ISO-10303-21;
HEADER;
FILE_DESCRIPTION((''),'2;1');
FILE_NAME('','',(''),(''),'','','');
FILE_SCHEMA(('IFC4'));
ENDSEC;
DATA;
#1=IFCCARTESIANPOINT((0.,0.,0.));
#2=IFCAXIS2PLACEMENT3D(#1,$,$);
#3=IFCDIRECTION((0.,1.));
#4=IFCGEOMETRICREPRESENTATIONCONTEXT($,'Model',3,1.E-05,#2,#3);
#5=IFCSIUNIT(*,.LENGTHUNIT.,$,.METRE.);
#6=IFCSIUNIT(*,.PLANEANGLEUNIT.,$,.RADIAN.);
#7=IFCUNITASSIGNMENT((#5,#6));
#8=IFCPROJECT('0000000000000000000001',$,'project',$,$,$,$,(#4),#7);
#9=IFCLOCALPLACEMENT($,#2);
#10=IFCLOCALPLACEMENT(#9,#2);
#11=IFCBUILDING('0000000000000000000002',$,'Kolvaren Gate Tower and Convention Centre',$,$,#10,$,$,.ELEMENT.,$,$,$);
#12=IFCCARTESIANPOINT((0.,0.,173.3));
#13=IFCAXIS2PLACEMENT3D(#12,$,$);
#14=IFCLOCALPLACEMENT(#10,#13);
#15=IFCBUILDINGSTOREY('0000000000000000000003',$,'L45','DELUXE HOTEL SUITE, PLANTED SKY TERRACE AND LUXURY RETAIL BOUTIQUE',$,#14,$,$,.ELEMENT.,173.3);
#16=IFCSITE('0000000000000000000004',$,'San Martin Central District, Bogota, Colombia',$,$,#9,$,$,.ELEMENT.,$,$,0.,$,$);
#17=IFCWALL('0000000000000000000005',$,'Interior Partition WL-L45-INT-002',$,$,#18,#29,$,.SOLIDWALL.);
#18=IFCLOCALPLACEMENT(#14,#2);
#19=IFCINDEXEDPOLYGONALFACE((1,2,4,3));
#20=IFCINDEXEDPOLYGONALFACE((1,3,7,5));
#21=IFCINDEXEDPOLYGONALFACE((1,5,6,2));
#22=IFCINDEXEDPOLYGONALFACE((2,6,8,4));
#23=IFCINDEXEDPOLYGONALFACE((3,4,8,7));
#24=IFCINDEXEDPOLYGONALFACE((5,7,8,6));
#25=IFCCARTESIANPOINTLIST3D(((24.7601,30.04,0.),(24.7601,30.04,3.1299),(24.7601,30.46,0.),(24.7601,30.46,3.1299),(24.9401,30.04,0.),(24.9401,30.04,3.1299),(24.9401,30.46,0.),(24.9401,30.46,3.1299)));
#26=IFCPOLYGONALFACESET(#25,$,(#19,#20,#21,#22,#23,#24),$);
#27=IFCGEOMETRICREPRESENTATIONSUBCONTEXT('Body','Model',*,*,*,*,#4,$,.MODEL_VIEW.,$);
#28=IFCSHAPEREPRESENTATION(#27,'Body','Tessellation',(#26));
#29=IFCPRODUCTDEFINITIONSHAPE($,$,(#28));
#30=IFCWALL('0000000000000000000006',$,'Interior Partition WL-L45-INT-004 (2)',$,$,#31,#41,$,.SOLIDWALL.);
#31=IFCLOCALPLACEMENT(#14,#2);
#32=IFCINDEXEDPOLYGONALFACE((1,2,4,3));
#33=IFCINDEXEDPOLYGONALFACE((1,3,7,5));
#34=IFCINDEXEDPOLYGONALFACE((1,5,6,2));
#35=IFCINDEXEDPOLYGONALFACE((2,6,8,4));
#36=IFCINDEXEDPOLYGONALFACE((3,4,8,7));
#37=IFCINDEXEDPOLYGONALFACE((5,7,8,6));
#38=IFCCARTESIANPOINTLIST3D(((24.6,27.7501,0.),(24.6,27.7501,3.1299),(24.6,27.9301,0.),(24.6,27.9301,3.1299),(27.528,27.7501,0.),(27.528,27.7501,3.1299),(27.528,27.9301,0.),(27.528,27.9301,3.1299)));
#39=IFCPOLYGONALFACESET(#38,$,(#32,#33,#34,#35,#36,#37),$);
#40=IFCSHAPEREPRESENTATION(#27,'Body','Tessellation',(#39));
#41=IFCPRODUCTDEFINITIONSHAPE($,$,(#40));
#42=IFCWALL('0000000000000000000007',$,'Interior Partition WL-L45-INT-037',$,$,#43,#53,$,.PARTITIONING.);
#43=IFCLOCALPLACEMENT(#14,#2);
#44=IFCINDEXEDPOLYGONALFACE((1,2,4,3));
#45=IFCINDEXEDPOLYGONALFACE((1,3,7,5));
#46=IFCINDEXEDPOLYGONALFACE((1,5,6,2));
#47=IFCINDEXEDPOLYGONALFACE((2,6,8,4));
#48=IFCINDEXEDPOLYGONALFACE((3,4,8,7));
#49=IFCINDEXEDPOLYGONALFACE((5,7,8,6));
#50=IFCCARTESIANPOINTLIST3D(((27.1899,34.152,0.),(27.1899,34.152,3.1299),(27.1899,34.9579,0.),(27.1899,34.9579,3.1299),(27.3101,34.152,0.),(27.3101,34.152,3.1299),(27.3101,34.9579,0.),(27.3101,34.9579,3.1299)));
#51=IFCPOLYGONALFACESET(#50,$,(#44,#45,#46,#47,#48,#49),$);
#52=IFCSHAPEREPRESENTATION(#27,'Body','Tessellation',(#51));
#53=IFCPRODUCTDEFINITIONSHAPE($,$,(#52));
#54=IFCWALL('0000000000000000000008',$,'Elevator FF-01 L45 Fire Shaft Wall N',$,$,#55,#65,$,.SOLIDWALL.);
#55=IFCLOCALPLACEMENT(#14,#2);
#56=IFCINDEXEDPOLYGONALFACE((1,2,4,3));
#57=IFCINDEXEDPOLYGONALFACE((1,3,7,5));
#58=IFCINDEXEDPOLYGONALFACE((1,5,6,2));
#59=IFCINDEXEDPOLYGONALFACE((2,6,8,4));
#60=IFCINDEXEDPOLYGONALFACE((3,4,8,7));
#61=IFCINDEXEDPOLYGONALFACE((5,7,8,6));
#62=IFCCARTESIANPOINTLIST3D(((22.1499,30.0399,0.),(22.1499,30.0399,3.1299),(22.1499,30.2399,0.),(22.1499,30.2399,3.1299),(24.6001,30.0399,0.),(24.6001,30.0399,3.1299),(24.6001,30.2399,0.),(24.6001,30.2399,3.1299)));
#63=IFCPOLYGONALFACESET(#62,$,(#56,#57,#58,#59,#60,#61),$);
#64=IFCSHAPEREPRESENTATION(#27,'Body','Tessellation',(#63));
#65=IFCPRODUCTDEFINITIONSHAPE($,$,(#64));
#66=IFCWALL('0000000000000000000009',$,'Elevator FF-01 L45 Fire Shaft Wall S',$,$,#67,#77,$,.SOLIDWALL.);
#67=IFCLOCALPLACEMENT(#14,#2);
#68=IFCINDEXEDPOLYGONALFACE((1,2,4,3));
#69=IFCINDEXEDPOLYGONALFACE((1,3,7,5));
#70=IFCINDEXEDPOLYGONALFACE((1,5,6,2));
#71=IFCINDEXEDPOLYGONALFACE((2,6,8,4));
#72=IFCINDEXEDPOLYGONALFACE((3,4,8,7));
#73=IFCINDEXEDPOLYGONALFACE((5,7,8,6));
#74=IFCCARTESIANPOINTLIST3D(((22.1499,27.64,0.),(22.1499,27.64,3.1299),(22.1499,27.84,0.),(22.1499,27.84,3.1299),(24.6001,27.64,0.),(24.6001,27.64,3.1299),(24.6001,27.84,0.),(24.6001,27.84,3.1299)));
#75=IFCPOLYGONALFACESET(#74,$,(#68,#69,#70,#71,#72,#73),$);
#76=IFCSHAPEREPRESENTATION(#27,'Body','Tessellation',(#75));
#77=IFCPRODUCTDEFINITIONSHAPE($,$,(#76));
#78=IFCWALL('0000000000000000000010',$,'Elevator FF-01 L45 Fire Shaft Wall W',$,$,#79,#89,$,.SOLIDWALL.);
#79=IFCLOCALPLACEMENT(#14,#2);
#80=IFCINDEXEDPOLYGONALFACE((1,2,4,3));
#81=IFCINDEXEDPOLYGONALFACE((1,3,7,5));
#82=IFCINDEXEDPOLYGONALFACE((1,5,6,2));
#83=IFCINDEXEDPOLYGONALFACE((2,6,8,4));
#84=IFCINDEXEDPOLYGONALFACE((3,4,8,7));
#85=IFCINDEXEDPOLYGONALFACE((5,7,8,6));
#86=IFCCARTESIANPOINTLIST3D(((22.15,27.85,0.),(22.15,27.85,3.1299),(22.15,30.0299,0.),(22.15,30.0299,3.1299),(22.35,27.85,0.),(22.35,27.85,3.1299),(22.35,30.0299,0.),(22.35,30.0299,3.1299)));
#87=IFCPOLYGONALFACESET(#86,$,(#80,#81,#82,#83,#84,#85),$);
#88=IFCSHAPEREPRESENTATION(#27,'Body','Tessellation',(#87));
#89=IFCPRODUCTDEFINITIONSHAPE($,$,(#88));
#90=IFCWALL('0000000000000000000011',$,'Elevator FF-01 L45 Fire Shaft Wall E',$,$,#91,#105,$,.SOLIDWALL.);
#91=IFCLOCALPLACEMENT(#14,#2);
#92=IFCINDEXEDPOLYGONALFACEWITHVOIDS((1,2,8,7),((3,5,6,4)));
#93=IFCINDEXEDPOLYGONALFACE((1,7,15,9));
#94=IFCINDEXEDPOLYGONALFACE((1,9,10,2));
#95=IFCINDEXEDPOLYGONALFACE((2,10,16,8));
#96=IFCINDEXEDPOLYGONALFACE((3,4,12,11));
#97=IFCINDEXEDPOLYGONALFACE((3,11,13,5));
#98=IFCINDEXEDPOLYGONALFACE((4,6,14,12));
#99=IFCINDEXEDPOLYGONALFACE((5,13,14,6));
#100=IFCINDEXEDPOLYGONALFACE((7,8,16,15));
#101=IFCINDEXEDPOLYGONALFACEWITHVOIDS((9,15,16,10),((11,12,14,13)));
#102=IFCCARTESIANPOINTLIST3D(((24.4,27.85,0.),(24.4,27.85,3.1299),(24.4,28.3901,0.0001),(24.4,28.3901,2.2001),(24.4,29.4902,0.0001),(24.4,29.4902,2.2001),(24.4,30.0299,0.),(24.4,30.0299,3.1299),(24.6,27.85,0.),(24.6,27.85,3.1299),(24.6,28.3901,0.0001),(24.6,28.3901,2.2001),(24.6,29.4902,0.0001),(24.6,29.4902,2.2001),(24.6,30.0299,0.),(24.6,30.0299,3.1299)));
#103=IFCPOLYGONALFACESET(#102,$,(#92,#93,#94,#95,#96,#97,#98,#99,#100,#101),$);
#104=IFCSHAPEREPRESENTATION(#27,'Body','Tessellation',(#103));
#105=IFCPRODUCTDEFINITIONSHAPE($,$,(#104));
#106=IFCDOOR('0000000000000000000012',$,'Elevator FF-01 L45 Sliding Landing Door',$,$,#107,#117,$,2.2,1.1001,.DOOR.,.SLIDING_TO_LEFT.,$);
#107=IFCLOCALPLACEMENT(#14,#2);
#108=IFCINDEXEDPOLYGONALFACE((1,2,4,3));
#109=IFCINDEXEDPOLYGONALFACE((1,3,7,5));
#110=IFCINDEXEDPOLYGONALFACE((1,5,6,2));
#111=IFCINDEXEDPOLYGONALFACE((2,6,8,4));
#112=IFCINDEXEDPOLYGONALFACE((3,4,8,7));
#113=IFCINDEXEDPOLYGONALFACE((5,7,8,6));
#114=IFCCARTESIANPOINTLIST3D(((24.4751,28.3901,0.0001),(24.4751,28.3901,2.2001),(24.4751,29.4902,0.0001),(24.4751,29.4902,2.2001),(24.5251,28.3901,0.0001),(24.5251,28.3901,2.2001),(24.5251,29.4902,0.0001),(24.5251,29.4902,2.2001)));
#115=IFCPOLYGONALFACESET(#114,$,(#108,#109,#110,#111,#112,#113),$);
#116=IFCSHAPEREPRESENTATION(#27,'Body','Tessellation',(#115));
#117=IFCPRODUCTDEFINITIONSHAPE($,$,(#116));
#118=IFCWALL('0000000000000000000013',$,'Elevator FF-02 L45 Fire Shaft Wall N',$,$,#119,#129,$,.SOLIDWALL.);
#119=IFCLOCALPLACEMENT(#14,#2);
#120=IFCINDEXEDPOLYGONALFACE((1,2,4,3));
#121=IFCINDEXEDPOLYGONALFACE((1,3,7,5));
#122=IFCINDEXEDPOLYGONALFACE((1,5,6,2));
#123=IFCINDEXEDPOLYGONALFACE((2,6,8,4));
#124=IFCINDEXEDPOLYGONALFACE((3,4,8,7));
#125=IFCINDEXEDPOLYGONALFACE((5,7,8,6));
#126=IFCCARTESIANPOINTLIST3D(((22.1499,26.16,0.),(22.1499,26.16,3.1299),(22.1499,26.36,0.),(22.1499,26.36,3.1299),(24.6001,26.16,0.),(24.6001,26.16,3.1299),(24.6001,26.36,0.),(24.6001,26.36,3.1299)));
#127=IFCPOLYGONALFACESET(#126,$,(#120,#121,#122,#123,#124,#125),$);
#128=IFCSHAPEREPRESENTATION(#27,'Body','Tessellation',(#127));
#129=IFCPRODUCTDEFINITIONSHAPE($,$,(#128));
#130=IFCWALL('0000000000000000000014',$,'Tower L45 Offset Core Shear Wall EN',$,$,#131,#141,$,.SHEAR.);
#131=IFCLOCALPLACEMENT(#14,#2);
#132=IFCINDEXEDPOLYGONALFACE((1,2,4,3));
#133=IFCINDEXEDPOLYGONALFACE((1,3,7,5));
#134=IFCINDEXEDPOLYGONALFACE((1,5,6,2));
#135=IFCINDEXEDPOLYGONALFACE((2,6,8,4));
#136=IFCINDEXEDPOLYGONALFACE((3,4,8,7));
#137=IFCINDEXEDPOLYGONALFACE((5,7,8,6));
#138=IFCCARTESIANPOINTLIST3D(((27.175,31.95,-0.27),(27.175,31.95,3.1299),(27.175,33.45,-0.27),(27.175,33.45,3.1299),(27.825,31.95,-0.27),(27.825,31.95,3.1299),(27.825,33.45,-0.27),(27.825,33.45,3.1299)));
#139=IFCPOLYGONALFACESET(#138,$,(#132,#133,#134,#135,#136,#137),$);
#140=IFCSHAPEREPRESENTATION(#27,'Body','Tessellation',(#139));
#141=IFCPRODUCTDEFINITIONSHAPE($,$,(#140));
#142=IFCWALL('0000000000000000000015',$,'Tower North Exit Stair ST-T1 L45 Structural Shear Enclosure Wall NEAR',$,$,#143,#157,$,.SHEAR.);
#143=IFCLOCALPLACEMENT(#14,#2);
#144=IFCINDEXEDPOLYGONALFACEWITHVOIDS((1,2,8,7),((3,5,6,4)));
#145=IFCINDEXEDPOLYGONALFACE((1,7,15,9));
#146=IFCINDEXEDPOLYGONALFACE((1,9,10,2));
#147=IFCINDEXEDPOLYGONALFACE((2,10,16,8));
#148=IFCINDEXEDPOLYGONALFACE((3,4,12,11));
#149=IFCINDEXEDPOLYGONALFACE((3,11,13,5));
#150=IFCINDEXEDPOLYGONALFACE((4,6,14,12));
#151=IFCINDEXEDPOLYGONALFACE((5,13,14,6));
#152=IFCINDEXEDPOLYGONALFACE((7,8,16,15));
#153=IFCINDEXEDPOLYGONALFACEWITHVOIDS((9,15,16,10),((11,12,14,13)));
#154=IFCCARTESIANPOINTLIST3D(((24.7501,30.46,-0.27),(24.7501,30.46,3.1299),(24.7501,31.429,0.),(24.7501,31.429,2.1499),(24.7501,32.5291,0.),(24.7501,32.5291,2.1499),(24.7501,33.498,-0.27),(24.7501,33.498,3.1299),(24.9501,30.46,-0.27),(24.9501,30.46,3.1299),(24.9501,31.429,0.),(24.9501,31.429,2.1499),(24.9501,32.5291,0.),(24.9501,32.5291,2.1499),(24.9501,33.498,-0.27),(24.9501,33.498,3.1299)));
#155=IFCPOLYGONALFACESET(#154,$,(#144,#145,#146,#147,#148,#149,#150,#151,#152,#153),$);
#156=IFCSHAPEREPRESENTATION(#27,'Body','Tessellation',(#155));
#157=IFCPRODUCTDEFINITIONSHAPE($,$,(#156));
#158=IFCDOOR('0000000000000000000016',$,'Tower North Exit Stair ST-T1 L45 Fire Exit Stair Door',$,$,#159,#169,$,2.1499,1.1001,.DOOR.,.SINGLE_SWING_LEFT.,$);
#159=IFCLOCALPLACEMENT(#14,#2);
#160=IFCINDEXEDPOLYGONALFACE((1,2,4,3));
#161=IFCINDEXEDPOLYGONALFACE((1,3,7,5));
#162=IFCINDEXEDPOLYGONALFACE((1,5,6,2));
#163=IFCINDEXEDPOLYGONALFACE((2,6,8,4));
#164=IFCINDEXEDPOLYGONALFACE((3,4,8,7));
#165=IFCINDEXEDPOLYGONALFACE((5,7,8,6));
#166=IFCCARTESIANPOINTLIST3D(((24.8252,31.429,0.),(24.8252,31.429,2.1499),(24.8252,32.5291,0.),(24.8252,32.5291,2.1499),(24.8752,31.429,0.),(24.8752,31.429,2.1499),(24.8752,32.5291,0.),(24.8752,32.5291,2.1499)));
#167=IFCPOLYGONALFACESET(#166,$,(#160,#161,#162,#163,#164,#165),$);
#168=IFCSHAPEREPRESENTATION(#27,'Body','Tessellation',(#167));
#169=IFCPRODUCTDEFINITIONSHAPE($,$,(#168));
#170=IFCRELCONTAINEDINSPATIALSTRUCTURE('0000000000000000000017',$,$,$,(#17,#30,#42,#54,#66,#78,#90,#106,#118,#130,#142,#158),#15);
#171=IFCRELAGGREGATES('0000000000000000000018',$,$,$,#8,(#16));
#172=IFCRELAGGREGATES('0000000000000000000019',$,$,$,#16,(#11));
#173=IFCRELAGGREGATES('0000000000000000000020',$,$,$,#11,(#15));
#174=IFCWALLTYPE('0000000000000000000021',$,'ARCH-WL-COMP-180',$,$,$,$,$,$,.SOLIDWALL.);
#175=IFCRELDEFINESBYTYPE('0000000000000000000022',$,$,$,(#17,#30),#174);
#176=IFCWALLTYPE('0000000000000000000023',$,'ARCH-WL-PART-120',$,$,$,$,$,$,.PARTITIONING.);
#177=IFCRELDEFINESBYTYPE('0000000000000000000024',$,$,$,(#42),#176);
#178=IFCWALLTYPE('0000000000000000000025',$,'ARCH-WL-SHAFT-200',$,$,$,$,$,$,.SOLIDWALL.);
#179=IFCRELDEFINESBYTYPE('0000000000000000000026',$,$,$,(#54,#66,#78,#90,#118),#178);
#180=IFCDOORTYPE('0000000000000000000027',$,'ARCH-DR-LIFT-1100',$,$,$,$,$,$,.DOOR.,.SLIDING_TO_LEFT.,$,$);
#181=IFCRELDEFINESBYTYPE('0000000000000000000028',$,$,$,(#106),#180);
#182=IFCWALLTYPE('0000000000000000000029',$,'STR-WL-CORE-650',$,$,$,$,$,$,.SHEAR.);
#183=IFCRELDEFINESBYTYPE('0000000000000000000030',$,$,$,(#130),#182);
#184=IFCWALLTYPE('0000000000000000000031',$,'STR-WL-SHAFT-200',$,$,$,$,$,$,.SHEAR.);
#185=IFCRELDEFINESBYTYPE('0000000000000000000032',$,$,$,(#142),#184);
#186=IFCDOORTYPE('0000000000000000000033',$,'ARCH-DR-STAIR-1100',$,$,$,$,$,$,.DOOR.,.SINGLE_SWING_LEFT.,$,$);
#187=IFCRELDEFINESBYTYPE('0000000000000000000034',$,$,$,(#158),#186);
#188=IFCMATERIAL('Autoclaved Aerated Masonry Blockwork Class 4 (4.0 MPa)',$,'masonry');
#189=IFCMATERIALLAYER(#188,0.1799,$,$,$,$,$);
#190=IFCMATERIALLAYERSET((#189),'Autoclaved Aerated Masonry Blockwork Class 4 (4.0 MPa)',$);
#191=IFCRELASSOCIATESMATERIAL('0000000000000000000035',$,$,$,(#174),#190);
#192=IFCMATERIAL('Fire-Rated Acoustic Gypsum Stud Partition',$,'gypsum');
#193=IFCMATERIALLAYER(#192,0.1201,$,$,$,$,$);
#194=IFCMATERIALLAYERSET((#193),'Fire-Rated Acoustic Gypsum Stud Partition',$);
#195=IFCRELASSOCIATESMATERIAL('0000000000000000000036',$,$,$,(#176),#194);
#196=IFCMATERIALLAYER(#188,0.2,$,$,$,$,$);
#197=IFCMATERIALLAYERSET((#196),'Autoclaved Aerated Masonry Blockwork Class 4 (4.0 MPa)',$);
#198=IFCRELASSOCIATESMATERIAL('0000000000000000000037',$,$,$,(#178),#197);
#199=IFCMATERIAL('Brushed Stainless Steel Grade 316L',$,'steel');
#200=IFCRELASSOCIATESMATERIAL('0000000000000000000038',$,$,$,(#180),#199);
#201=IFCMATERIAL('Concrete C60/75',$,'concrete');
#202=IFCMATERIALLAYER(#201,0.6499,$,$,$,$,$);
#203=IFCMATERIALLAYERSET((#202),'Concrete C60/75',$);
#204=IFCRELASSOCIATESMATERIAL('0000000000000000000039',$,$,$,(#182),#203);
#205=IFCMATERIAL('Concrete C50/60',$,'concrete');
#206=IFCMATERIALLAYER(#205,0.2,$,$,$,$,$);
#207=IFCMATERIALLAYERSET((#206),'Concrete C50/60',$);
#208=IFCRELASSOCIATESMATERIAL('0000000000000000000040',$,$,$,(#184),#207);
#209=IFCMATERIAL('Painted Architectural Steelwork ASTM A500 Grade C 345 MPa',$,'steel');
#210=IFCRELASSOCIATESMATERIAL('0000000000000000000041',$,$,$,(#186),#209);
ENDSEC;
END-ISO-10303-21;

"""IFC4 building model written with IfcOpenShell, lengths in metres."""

from ifc_helpers import new_model, si_unit, direction, frame, frame_2d, origin, place, context, subcontext, project, spatial, rectangle, extrude, material, layer, layer_set, type_object, element, fill, save


model = new_model("IFC4")

# Units and contexts
model_context = context("Model", 3, precision=1e-05, world=origin(), true_north=direction((0.0, 1.0)))
body_context = subcontext(model_context, "Body", "Model", "MODEL_VIEW")
ifc_project = project(units=[si_unit("LENGTHUNIT", "METRE"), si_unit("PLANEANGLEUNIT", "RADIAN")], contexts=[model_context])

# Site, building, storey
site_placement = place(None, origin())
site = spatial("IfcSite", under=ifc_project, at=site_placement, Name="San Martin Central District, Bogota, Colombia", CompositionType="ELEMENT", RefElevation=0.0)
building_placement = place(site_placement, origin())
building = spatial("IfcBuilding", under=site, at=building_placement, Name="Kolvaren Gate Tower and Convention Centre", CompositionType="ELEMENT")
storey_placement = place(building_placement, frame((0.0, 0.0, 173.3)))
storey = spatial("IfcBuildingStorey", under=building, at=storey_placement, Name="L45", Description="DELUXE HOTEL SUITE, PLANTED SKY TERRACE AND LUXURY RETAIL BOUTIQUE", CompositionType="ELEMENT", Elevation=173.3)

# Walls
ifc_material_1 = material(Name="Autoclaved Aerated Masonry Blockwork Class 4 (4.0 MPa)", Category="masonry")
ifc_layer_1 = layer(ifc_material_1, 0.1799)
ifc_layer_set_1 = layer_set([ifc_layer_1], Name="Autoclaved Aerated Masonry Blockwork Class 4 (4.0 MPa)")
wall_type_1 = type_object("IfcWallType", Name="ARCH-WL-COMP-180", PredefinedType="SOLIDWALL", material=ifc_layer_set_1)
wall_1_placement = place(storey_placement, frame((24.8501, 30.04, 0.0), z_axis=(0.0, 0.0, 1.0), x_axis=(0.0, 1.0, 0.0)))
element("IfcWall", 1, at=wall_1_placement, inside=storey, type_object=wall_type_1, Name="Interior Partition WL-L45-INT-002", PredefinedType="SOLIDWALL", context=body_context, shape_type="SweptSolid", body=[
    extrude(rectangle(XDim=0.4199, YDim=0.1799, at=frame_2d((0.21, 0.0))), origin(), (0.0, 0.0, 1.0), 3.1299),
])
wall_2_placement = place(storey_placement, frame((24.6001, 27.8401, 0.0), z_axis=(0.0, 0.0, 1.0), x_axis=(1.0, 0.0, 0.0)))
element("IfcWall", 2, at=wall_2_placement, inside=storey, type_object=wall_type_1, Name="Interior Partition WL-L45-INT-004 (2)", PredefinedType="SOLIDWALL", context=body_context, shape_type="SweptSolid", body=[
    extrude(rectangle(XDim=2.928, YDim=0.1799, at=frame_2d((1.4639, 0.0))), origin(), (0.0, 0.0, 1.0), 3.1299),
])
ifc_material_2 = material(Name="Fire-Rated Acoustic Gypsum Stud Partition", Category="gypsum")
ifc_layer_2 = layer(ifc_material_2, 0.1201)
ifc_layer_set_2 = layer_set([ifc_layer_2], Name="Fire-Rated Acoustic Gypsum Stud Partition")
wall_type_2 = type_object("IfcWallType", Name="ARCH-WL-PART-120", PredefinedType="PARTITIONING", material=ifc_layer_set_2)
wall_3_placement = place(storey_placement, frame((27.25, 34.1521, 0.0), z_axis=(0.0, 0.0, 1.0), x_axis=(0.0, 1.0, 0.0)))
element("IfcWall", 3, at=wall_3_placement, inside=storey, type_object=wall_type_2, Name="Interior Partition WL-L45-INT-037", PredefinedType="PARTITIONING", context=body_context, shape_type="SweptSolid", body=[
    extrude(rectangle(XDim=0.8059, YDim=0.1201, at=frame_2d((0.4028, 0.0))), origin(), (0.0, 0.0, 1.0), 3.1299),
])
ifc_layer_3 = layer(ifc_material_1, 0.2)
ifc_layer_set_3 = layer_set([ifc_layer_3], Name="Autoclaved Aerated Masonry Blockwork Class 4 (4.0 MPa)")
wall_type_3 = type_object("IfcWallType", Name="ARCH-WL-SHAFT-200", PredefinedType="SOLIDWALL", material=ifc_layer_set_3)
for number, where, z_axis, x_axis, name in (
    (4, (22.1499, 30.1399, 0.0), (0.0, 0.0, 1.0), (1.0, 0.0, 0.0), "Elevator FF-01 L45 Fire Shaft Wall N"),
    (5, (22.1499, 27.74, 0.0), (0.0, 0.0, 1.0), (1.0, 0.0, 0.0), "Elevator FF-01 L45 Fire Shaft Wall S"),
):
    element("IfcWall", number, at=place(storey_placement, frame(where, z_axis=z_axis, x_axis=x_axis)), inside=storey, type_object=wall_type_3, Name=name, PredefinedType="SOLIDWALL", context=body_context, shape_type="SweptSolid", body=[
        extrude(rectangle(XDim=2.4502, YDim=0.2, at=frame_2d((1.2251, 0.0))), origin(), (0.0, 0.0, 1.0), 3.1299),
    ])
wall_4_placement = place(storey_placement, frame((22.25, 27.8501, 0.0), z_axis=(0.0, 0.0, 1.0), x_axis=(0.0, 1.0, 0.0)))
element("IfcWall", 6, at=wall_4_placement, inside=storey, type_object=wall_type_3, Name="Elevator FF-01 L45 Fire Shaft Wall W", PredefinedType="SOLIDWALL", context=body_context, shape_type="SweptSolid", body=[
    extrude(rectangle(XDim=2.1799, YDim=0.2, at=frame_2d((1.0898, 0.0))), origin(), (0.0, 0.0, 1.0), 3.1299),
])

# Wall, opening, door
wall_5_placement = place(storey_placement, frame((24.5, 27.8501, 0.0), z_axis=(0.0, 0.0, 1.0), x_axis=(0.0, 1.0, 0.0)))
wall_5 = element("IfcWall", 7, at=wall_5_placement, inside=storey, type_object=wall_type_3, Name="Elevator FF-01 L45 Fire Shaft Wall E", PredefinedType="SOLIDWALL", context=body_context, shape_type="SweptSolid", body=[
    extrude(rectangle(XDim=2.1799, YDim=0.2, at=frame_2d((1.0898, 0.0))), origin(), (0.0, 0.0, 1.0), 3.1299),
])
opening_1_placement = place(wall_5_placement, frame((0.54, 0.0, 0.0)))
opening_1 = element("IfcOpeningElement", 8, at=opening_1_placement, cuts=wall_5, PredefinedType="OPENING", context=body_context, shape_type="SweptSolid", body=[
    extrude(rectangle(XDim=1.1001, YDim=2.2, at=frame_2d((0.55, 1.1001))), frame((0.0, 0.1099, 0.0), z_axis=(0.0, -1.0, 0.0), x_axis=(1.0, 0.0, 0.0)), (0.0, 0.0, 1.0), 0.22),
])
ifc_material_3 = material(Name="Brushed Stainless Steel Grade 316L", Category="steel")
door_type_1 = type_object("IfcDoorType", Name="ARCH-DR-LIFT-1100", OperationType="SLIDING_TO_LEFT", PredefinedType="DOOR", material=ifc_material_3)
door_1_placement = place(opening_1_placement, origin())
door_1 = element("IfcDoor", 9, at=door_1_placement, inside=storey, type_object=door_type_1, Name="Elevator FF-01 L45 Sliding Landing Door", OperationType="SLIDING_TO_LEFT", OverallHeight=2.2, OverallWidth=1.1001, PredefinedType="DOOR", context=body_context, shape_type="SweptSolid", body=[
    extrude(rectangle(XDim=1.1001, YDim=2.2, at=frame_2d((0.55, 1.1001))), frame((0.0, 0.0249, 0.0), z_axis=(0.0, -1.0, 0.0), x_axis=(1.0, 0.0, 0.0)), (0.0, 0.0, 1.0), 0.05),
])
fill(opening_1, door_1)

# Walls
wall_6_placement = place(storey_placement, frame((22.1499, 26.26, 0.0), z_axis=(0.0, 0.0, 1.0), x_axis=(1.0, 0.0, 0.0)))
element("IfcWall", 10, at=wall_6_placement, inside=storey, type_object=wall_type_3, Name="Elevator FF-02 L45 Fire Shaft Wall N", PredefinedType="SOLIDWALL", context=body_context, shape_type="SweptSolid", body=[
    extrude(rectangle(XDim=2.4502, YDim=0.2, at=frame_2d((1.2251, 0.0))), origin(), (0.0, 0.0, 1.0), 3.1299),
])
ifc_material_4 = material(Name="Concrete C60/75", Category="concrete")
ifc_layer_4 = layer(ifc_material_4, 0.6499)
ifc_layer_set_4 = layer_set([ifc_layer_4], Name="Concrete C60/75")
wall_type_4 = type_object("IfcWallType", Name="STR-WL-CORE-650", PredefinedType="SHEAR", material=ifc_layer_set_4)
wall_7_placement = place(storey_placement, frame((27.5, 31.95, -0.27), z_axis=(0.0, 0.0, 1.0), x_axis=(0.0, 1.0, 0.0)))
element("IfcWall", 11, at=wall_7_placement, inside=storey, type_object=wall_type_4, Name="Tower L45 Offset Core Shear Wall EN", PredefinedType="SHEAR", context=body_context, shape_type="SweptSolid", body=[
    extrude(rectangle(XDim=1.5, YDim=0.6499, at=frame_2d((0.75, 0.0))), origin(), (0.0, 0.0, 1.0), 3.3999),
])

# Wall, opening, door
ifc_material_5 = material(Name="Concrete C50/60", Category="concrete")
ifc_layer_5 = layer(ifc_material_5, 0.2)
ifc_layer_set_5 = layer_set([ifc_layer_5], Name="Concrete C50/60")
wall_type_5 = type_object("IfcWallType", Name="STR-WL-SHAFT-200", PredefinedType="SHEAR", material=ifc_layer_set_5)
wall_8_placement = place(storey_placement, frame((24.8501, 30.46, -0.27), z_axis=(0.0, 0.0, 1.0), x_axis=(0.0, 1.0, 0.0)))
wall_8 = element("IfcWall", 12, at=wall_8_placement, inside=storey, type_object=wall_type_5, Name="Tower North Exit Stair ST-T1 L45 Structural Shear Enclosure Wall NEAR", PredefinedType="SHEAR", context=body_context, shape_type="SweptSolid", body=[
    extrude(rectangle(XDim=3.0381, YDim=0.2, at=frame_2d((1.519, 0.0))), origin(), (0.0, 0.0, 1.0), 3.3999),
])
opening_2_placement = place(wall_8_placement, frame((0.969, 0.0, 0.27)))
opening_2 = element("IfcOpeningElement", 13, at=opening_2_placement, cuts=wall_8, PredefinedType="OPENING", context=body_context, shape_type="SweptSolid", body=[
    extrude(rectangle(XDim=1.1001, YDim=2.1499, at=frame_2d((0.55, 1.075))), frame((0.0, 0.1099, 0.0), z_axis=(0.0, -1.0, 0.0), x_axis=(1.0, 0.0, 0.0)), (0.0, 0.0, 1.0), 0.22),
])
ifc_material_6 = material(Name="Painted Architectural Steelwork ASTM A500 Grade C 345 MPa", Category="steel")
door_type_2 = type_object("IfcDoorType", Name="ARCH-DR-STAIR-1100", OperationType="SINGLE_SWING_LEFT", PredefinedType="DOOR", material=ifc_material_6)
door_2_placement = place(opening_2_placement, origin())
door_2 = element("IfcDoor", 14, at=door_2_placement, inside=storey, type_object=door_type_2, Name="Tower North Exit Stair ST-T1 L45 Fire Exit Stair Door", OperationType="SINGLE_SWING_LEFT", OverallHeight=2.1499, OverallWidth=1.1001, PredefinedType="DOOR", context=body_context, shape_type="SweptSolid", body=[
    extrude(rectangle(XDim=1.1001, YDim=2.1499, at=frame_2d((0.55, 1.075))), frame((0.0, 0.0249, 0.0), z_axis=(0.0, -1.0, 0.0), x_axis=(1.0, 0.0, 0.0)), (0.0, 0.0, 1.0), 0.05),
])
fill(opening_2, door_2)

save(model, "model.ifc")
